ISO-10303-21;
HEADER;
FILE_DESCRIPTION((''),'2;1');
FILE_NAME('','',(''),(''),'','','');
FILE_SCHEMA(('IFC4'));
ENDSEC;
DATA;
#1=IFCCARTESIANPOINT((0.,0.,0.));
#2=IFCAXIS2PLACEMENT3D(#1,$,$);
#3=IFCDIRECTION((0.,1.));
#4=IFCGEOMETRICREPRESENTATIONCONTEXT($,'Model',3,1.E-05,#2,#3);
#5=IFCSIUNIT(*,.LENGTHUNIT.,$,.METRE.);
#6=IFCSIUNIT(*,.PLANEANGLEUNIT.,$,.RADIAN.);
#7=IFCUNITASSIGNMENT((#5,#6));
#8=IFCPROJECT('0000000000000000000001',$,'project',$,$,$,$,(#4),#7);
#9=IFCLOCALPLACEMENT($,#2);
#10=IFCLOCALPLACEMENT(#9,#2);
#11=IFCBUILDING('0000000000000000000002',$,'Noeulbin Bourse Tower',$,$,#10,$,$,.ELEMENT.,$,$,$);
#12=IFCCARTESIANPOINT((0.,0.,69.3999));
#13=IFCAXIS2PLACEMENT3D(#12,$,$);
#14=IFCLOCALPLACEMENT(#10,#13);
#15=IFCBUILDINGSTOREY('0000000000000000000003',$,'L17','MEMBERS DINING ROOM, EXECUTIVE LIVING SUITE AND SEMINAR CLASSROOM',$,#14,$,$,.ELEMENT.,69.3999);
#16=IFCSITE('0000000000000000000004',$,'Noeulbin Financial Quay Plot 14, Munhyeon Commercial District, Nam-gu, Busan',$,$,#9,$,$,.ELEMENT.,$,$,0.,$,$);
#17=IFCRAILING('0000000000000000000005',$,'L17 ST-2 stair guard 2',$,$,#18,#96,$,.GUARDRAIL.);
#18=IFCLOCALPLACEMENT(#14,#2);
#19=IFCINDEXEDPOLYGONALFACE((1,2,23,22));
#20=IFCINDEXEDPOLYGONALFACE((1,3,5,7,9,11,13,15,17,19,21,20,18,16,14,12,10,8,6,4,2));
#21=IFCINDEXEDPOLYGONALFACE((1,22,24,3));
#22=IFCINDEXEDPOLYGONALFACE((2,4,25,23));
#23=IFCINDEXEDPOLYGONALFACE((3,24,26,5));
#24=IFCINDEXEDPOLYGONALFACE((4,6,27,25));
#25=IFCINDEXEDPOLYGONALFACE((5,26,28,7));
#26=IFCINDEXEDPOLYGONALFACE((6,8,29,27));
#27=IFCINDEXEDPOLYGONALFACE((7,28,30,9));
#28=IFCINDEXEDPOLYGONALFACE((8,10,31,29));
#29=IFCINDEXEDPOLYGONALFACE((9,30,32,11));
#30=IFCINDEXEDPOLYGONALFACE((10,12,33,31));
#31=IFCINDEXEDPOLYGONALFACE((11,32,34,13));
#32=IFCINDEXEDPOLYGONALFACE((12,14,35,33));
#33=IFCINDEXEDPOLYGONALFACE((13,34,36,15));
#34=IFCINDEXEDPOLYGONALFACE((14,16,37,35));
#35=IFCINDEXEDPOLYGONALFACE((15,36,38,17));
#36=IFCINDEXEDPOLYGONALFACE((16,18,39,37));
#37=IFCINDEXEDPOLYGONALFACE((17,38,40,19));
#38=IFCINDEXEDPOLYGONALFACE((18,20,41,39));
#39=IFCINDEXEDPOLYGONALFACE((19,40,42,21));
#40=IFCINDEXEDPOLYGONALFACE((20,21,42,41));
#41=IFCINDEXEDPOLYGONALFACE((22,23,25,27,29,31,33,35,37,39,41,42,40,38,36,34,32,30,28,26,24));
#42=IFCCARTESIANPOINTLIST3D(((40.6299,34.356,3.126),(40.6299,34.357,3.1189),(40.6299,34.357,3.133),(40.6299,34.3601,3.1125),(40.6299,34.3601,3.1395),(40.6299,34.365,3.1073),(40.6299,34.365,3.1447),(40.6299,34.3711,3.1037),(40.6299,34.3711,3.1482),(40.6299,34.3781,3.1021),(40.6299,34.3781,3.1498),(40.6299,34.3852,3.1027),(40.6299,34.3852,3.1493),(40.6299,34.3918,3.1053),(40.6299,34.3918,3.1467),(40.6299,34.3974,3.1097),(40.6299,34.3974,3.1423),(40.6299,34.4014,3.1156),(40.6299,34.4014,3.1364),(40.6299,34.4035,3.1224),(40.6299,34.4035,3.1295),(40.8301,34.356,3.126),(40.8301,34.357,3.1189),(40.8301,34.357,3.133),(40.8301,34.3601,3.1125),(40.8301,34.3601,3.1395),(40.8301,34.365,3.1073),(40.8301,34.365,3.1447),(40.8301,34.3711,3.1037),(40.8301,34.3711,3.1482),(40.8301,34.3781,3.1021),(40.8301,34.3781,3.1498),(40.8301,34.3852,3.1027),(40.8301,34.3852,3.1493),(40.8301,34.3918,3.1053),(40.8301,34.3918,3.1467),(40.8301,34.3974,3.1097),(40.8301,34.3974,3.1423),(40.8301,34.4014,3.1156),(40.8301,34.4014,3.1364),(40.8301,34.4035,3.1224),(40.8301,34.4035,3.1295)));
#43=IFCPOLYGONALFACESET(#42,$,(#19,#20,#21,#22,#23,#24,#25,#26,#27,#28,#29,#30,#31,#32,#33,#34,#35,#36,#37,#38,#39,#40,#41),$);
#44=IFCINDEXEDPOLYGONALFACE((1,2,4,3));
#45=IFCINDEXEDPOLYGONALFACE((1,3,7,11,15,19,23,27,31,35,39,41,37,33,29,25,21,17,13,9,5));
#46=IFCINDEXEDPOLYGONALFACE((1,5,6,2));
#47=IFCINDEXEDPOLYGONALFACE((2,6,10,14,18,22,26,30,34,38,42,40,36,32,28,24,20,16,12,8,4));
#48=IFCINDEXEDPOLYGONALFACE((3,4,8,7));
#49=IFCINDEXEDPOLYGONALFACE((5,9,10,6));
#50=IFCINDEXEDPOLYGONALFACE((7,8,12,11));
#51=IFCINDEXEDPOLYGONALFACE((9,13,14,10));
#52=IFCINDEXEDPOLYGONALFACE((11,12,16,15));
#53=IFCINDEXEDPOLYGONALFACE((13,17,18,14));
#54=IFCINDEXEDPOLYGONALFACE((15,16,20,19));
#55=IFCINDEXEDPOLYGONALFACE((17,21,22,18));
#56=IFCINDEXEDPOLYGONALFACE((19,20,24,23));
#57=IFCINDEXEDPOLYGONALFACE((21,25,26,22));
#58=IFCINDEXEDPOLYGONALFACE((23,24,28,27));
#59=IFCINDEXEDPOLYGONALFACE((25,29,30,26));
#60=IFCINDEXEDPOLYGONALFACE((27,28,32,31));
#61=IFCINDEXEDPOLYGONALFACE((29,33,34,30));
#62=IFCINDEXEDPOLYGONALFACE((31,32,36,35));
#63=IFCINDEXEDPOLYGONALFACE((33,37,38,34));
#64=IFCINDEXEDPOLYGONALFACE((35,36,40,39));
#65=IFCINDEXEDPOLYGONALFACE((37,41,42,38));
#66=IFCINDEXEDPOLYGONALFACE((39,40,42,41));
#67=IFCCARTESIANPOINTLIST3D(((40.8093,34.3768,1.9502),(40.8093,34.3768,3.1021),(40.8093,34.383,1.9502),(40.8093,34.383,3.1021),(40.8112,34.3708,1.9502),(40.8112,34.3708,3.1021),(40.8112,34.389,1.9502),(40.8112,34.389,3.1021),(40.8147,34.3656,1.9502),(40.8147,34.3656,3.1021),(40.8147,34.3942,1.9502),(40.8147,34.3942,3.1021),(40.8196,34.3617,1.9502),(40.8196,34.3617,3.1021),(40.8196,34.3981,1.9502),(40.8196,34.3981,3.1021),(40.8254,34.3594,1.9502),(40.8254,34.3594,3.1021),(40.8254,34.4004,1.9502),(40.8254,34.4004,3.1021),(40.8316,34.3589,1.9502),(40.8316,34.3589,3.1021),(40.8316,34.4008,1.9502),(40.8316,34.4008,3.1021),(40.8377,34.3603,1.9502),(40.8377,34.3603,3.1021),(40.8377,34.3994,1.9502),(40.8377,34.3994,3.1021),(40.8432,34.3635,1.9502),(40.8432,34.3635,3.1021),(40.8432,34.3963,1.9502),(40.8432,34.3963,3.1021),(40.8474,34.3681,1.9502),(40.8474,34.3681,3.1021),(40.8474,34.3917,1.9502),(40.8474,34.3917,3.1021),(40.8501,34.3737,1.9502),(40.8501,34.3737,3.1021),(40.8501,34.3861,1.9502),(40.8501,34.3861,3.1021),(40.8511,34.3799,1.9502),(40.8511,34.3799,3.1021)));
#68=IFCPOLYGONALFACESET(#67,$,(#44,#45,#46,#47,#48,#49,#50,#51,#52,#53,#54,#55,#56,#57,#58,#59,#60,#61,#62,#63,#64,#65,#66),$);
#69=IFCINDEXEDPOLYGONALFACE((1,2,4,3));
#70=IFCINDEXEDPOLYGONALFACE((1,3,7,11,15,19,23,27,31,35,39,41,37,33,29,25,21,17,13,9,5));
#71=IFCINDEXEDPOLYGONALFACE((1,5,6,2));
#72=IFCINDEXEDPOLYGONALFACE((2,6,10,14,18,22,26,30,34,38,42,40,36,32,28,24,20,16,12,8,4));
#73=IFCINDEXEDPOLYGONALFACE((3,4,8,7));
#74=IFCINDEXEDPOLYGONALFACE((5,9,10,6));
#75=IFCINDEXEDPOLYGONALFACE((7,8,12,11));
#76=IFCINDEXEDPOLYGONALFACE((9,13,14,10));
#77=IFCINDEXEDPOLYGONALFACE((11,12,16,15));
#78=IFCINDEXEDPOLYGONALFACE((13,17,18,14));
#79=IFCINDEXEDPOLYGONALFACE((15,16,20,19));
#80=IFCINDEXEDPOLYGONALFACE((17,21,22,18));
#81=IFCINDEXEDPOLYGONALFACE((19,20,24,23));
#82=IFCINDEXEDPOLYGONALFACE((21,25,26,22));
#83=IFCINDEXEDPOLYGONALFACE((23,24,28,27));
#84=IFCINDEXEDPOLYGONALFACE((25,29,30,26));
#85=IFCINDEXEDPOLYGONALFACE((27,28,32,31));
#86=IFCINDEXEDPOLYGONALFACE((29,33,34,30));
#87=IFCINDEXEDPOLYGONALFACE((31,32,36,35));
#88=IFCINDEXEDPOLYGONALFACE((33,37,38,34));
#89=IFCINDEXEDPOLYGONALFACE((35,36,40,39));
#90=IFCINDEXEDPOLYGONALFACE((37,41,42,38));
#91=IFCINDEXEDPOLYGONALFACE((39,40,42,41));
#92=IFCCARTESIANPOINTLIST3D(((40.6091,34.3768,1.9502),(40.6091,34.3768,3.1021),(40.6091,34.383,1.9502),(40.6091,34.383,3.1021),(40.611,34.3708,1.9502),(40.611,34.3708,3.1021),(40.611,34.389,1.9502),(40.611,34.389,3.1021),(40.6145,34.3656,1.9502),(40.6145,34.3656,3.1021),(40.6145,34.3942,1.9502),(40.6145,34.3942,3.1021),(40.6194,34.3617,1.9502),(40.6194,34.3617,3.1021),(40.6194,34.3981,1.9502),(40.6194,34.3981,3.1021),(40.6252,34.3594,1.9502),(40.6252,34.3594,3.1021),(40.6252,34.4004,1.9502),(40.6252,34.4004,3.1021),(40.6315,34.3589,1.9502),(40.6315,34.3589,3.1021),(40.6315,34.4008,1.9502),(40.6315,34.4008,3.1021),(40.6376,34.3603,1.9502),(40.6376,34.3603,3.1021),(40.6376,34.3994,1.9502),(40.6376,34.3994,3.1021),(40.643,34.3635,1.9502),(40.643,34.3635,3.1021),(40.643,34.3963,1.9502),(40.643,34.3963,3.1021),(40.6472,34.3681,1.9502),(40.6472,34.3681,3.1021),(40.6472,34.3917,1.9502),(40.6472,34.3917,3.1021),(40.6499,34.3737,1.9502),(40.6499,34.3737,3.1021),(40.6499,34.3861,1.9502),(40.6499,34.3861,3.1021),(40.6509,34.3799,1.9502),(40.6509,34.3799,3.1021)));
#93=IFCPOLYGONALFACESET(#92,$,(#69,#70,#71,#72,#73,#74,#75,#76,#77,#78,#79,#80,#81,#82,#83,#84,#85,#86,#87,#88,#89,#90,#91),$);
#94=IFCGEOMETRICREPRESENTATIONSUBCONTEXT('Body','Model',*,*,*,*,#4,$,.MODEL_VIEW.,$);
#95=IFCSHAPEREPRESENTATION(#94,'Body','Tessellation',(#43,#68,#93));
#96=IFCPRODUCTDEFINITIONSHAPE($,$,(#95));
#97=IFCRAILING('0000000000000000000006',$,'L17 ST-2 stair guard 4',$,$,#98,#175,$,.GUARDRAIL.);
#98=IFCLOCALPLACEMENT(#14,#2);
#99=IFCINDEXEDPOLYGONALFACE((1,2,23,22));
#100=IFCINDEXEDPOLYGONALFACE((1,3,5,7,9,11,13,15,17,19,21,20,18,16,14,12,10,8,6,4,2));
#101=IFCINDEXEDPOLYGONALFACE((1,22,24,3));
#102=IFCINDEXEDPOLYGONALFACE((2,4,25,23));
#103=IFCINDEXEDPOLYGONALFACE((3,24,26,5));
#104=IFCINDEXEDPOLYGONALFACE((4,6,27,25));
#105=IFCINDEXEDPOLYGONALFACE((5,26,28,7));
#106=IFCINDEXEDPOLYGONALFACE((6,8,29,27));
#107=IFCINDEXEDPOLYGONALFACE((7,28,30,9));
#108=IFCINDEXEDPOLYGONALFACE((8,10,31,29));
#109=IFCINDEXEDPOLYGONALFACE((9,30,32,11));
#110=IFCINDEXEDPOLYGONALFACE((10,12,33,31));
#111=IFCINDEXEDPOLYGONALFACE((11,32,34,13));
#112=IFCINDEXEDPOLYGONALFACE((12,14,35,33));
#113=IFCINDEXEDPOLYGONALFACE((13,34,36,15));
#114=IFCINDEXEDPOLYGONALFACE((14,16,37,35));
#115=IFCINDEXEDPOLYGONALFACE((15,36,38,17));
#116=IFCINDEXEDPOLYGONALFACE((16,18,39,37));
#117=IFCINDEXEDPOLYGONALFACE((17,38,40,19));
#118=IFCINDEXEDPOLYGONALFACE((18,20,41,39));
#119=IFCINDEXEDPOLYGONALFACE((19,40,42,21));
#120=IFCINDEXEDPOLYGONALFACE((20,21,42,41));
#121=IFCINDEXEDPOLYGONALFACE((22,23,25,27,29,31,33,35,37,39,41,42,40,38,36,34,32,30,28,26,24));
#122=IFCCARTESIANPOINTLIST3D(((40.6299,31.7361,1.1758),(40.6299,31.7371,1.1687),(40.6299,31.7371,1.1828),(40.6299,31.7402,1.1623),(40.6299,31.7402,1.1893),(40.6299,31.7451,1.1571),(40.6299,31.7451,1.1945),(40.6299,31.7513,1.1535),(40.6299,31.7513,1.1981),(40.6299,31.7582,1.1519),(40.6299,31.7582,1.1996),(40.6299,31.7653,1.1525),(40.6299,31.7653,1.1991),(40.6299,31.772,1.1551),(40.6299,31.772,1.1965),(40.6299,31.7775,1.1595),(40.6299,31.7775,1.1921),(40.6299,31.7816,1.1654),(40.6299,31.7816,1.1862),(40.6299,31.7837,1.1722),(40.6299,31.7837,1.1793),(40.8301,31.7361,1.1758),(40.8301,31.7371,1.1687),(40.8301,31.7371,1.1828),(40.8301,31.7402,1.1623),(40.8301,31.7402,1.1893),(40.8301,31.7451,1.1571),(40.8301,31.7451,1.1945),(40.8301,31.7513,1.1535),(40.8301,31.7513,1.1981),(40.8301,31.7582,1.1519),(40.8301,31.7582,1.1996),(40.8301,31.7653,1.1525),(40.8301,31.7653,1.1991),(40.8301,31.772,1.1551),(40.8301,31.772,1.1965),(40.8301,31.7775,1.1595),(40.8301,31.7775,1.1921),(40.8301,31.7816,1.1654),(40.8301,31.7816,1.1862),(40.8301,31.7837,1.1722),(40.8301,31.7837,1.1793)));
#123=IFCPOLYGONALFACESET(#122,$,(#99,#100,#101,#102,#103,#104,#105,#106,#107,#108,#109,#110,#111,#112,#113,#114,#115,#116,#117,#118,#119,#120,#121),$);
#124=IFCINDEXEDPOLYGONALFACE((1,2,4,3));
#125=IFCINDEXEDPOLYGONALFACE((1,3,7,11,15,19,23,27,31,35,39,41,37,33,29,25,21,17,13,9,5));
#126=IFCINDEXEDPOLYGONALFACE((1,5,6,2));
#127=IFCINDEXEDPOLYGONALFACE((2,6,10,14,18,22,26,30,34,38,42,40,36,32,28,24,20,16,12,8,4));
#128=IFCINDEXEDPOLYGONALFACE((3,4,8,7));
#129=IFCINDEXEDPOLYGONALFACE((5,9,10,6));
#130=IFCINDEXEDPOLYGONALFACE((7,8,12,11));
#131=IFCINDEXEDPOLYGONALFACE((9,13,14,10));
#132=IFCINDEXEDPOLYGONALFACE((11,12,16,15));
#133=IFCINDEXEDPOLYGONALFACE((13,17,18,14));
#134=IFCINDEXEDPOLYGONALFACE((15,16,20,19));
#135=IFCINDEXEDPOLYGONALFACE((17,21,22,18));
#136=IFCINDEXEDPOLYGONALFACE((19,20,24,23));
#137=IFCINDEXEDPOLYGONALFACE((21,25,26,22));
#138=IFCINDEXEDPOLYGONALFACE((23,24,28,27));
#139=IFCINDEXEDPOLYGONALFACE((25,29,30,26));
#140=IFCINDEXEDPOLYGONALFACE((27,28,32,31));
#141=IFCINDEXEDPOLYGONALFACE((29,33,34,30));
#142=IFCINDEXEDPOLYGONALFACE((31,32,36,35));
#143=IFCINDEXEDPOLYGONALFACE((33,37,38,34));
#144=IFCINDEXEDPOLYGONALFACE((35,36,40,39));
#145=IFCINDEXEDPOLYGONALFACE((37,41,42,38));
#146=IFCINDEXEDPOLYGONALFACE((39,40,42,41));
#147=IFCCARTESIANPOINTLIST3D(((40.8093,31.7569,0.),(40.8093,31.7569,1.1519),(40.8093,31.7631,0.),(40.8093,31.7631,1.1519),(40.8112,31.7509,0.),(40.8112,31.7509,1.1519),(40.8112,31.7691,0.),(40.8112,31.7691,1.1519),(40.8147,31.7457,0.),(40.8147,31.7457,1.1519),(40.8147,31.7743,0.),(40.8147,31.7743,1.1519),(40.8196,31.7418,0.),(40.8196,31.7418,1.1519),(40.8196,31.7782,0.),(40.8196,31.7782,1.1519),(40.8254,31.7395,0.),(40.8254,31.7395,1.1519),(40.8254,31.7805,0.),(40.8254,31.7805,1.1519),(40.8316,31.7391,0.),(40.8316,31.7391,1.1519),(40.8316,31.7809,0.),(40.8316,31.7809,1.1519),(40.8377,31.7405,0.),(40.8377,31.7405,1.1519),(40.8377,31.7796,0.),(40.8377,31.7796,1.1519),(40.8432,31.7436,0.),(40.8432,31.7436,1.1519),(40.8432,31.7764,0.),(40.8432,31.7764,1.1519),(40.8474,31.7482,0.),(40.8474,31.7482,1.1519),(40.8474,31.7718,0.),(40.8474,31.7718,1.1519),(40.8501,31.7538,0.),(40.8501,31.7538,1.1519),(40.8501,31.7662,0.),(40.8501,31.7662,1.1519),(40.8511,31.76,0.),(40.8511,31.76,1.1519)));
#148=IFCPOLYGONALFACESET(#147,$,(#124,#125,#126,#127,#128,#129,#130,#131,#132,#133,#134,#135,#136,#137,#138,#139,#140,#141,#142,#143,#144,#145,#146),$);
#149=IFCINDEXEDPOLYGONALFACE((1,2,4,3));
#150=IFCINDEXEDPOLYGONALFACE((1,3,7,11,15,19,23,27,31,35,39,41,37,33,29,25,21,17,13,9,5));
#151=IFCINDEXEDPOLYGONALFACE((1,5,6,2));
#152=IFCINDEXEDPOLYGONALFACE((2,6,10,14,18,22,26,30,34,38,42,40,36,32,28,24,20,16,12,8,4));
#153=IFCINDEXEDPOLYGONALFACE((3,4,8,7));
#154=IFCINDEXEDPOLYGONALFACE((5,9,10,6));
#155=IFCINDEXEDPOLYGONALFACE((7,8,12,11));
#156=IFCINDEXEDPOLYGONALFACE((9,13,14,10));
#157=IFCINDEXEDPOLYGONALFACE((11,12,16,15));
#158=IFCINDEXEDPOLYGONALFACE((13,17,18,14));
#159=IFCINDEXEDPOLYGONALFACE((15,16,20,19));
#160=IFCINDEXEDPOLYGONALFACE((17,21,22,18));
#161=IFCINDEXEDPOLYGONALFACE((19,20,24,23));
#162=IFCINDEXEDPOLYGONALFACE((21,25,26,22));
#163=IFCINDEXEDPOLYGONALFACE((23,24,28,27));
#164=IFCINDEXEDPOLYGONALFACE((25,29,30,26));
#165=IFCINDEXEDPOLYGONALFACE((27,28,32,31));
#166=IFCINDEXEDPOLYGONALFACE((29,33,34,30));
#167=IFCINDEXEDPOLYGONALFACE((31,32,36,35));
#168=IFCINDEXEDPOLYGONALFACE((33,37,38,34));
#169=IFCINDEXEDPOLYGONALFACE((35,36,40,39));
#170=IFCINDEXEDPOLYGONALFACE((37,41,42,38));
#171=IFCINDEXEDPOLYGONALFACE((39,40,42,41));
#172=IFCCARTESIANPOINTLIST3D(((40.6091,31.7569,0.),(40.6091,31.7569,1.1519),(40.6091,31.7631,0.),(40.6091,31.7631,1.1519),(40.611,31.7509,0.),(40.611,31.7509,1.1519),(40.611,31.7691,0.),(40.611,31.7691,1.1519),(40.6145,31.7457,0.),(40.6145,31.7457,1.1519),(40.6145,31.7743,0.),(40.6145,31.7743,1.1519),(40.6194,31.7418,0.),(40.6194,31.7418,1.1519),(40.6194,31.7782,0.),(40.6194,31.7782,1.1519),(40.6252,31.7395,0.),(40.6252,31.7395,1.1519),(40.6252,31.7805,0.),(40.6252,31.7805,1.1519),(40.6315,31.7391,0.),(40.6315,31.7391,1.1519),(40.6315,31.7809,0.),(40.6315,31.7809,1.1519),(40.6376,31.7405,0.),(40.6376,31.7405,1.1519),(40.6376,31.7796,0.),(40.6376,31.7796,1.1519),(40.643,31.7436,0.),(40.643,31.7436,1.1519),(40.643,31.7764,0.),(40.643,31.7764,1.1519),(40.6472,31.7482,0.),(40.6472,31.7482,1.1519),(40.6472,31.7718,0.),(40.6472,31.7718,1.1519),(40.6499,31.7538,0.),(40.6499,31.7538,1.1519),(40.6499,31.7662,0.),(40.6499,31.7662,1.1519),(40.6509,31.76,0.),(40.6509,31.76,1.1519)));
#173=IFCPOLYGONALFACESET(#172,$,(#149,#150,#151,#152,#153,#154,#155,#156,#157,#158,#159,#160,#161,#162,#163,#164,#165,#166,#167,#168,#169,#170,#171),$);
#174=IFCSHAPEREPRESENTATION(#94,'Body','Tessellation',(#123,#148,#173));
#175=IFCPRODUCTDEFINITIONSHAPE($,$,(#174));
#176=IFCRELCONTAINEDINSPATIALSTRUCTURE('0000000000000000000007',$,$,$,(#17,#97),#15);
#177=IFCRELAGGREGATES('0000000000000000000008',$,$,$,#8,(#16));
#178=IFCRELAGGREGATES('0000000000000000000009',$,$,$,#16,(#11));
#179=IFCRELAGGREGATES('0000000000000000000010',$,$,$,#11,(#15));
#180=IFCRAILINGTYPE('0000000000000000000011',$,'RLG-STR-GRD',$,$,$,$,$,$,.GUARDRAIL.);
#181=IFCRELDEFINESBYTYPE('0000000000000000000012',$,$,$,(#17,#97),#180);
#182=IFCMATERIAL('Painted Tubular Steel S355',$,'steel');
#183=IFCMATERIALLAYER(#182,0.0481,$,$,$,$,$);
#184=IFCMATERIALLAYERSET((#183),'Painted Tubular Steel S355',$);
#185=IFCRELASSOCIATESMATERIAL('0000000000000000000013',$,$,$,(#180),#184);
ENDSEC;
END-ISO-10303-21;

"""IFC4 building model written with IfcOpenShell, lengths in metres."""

from ifc_helpers import new_model, si_unit, direction, frame, origin, origin_2d, place, context, subcontext, project, spatial, circle, extrude, material, layer, layer_set, type_object, element, save


model = new_model("IFC4")

# Units and contexts
model_context = context("Model", 3, precision=1e-05, world=origin(), true_north=direction((0.0, 1.0)))
body_context = subcontext(model_context, "Body", "Model", "MODEL_VIEW")
ifc_project = project(units=[si_unit("LENGTHUNIT", "METRE"), si_unit("PLANEANGLEUNIT", "RADIAN")], contexts=[model_context])

# Site, building, storey
site_placement = place(None, origin())
site = spatial("IfcSite", under=ifc_project, at=site_placement, Name="Noeulbin Financial Quay Plot 14, Munhyeon Commercial District, Nam-gu, Busan", CompositionType="ELEMENT", RefElevation=0.0)
building_placement = place(site_placement, origin())
building = spatial("IfcBuilding", under=site, at=building_placement, Name="Noeulbin Bourse Tower", CompositionType="ELEMENT")
storey_placement = place(building_placement, frame((0.0, 0.0, 69.3999)))
storey = spatial("IfcBuildingStorey", under=building, at=storey_placement, Name="L17", Description="MEMBERS DINING ROOM, EXECUTIVE LIVING SUITE AND SEMINAR CLASSROOM", CompositionType="ELEMENT", Elevation=69.3999)

# Railings
ifc_material_1 = material(Name="Painted Tubular Steel S355", Category="steel")
ifc_layer_1 = layer(ifc_material_1, 0.0481)
ifc_layer_set_1 = layer_set([ifc_layer_1], Name="Painted Tubular Steel S355")
railing_type_1 = type_object("IfcRailingType", Name="RLG-STR-GRD", PredefinedType="GUARDRAIL", material=ifc_layer_set_1)
for number, where, name in (
    (1, (40.8301, 34.3799, 1.9502), "L17 ST-2 stair guard 2"),
    (2, (40.8301, 31.76, 0.0), "L17 ST-2 stair guard 4"),
):
    element("IfcRailing", number, at=place(storey_placement, frame(where)), inside=storey, type_object=railing_type_1, Name=name, PredefinedType="GUARDRAIL", context=body_context, shape_type="SweptSolid", body=[
        extrude(circle(Radius=0.0239, at=origin_2d()), frame((0.0, 0.0, 1.1758), z_axis=(-1.0, 0.0, 0.0), x_axis=(0.0, -1.0, 0.0)), (0.0, 0.0, 1.0), 0.2002),
        extrude(circle(Radius=0.021, at=origin_2d()), origin(), (0.0, 0.0, 1.0), 1.1519),
        extrude(circle(Radius=0.021, at=origin_2d()), frame((-0.2002, 0.0, 0.0)), (0.0, 0.0, 1.0), 1.1519),
    ])

save(model, "model.ifc")
